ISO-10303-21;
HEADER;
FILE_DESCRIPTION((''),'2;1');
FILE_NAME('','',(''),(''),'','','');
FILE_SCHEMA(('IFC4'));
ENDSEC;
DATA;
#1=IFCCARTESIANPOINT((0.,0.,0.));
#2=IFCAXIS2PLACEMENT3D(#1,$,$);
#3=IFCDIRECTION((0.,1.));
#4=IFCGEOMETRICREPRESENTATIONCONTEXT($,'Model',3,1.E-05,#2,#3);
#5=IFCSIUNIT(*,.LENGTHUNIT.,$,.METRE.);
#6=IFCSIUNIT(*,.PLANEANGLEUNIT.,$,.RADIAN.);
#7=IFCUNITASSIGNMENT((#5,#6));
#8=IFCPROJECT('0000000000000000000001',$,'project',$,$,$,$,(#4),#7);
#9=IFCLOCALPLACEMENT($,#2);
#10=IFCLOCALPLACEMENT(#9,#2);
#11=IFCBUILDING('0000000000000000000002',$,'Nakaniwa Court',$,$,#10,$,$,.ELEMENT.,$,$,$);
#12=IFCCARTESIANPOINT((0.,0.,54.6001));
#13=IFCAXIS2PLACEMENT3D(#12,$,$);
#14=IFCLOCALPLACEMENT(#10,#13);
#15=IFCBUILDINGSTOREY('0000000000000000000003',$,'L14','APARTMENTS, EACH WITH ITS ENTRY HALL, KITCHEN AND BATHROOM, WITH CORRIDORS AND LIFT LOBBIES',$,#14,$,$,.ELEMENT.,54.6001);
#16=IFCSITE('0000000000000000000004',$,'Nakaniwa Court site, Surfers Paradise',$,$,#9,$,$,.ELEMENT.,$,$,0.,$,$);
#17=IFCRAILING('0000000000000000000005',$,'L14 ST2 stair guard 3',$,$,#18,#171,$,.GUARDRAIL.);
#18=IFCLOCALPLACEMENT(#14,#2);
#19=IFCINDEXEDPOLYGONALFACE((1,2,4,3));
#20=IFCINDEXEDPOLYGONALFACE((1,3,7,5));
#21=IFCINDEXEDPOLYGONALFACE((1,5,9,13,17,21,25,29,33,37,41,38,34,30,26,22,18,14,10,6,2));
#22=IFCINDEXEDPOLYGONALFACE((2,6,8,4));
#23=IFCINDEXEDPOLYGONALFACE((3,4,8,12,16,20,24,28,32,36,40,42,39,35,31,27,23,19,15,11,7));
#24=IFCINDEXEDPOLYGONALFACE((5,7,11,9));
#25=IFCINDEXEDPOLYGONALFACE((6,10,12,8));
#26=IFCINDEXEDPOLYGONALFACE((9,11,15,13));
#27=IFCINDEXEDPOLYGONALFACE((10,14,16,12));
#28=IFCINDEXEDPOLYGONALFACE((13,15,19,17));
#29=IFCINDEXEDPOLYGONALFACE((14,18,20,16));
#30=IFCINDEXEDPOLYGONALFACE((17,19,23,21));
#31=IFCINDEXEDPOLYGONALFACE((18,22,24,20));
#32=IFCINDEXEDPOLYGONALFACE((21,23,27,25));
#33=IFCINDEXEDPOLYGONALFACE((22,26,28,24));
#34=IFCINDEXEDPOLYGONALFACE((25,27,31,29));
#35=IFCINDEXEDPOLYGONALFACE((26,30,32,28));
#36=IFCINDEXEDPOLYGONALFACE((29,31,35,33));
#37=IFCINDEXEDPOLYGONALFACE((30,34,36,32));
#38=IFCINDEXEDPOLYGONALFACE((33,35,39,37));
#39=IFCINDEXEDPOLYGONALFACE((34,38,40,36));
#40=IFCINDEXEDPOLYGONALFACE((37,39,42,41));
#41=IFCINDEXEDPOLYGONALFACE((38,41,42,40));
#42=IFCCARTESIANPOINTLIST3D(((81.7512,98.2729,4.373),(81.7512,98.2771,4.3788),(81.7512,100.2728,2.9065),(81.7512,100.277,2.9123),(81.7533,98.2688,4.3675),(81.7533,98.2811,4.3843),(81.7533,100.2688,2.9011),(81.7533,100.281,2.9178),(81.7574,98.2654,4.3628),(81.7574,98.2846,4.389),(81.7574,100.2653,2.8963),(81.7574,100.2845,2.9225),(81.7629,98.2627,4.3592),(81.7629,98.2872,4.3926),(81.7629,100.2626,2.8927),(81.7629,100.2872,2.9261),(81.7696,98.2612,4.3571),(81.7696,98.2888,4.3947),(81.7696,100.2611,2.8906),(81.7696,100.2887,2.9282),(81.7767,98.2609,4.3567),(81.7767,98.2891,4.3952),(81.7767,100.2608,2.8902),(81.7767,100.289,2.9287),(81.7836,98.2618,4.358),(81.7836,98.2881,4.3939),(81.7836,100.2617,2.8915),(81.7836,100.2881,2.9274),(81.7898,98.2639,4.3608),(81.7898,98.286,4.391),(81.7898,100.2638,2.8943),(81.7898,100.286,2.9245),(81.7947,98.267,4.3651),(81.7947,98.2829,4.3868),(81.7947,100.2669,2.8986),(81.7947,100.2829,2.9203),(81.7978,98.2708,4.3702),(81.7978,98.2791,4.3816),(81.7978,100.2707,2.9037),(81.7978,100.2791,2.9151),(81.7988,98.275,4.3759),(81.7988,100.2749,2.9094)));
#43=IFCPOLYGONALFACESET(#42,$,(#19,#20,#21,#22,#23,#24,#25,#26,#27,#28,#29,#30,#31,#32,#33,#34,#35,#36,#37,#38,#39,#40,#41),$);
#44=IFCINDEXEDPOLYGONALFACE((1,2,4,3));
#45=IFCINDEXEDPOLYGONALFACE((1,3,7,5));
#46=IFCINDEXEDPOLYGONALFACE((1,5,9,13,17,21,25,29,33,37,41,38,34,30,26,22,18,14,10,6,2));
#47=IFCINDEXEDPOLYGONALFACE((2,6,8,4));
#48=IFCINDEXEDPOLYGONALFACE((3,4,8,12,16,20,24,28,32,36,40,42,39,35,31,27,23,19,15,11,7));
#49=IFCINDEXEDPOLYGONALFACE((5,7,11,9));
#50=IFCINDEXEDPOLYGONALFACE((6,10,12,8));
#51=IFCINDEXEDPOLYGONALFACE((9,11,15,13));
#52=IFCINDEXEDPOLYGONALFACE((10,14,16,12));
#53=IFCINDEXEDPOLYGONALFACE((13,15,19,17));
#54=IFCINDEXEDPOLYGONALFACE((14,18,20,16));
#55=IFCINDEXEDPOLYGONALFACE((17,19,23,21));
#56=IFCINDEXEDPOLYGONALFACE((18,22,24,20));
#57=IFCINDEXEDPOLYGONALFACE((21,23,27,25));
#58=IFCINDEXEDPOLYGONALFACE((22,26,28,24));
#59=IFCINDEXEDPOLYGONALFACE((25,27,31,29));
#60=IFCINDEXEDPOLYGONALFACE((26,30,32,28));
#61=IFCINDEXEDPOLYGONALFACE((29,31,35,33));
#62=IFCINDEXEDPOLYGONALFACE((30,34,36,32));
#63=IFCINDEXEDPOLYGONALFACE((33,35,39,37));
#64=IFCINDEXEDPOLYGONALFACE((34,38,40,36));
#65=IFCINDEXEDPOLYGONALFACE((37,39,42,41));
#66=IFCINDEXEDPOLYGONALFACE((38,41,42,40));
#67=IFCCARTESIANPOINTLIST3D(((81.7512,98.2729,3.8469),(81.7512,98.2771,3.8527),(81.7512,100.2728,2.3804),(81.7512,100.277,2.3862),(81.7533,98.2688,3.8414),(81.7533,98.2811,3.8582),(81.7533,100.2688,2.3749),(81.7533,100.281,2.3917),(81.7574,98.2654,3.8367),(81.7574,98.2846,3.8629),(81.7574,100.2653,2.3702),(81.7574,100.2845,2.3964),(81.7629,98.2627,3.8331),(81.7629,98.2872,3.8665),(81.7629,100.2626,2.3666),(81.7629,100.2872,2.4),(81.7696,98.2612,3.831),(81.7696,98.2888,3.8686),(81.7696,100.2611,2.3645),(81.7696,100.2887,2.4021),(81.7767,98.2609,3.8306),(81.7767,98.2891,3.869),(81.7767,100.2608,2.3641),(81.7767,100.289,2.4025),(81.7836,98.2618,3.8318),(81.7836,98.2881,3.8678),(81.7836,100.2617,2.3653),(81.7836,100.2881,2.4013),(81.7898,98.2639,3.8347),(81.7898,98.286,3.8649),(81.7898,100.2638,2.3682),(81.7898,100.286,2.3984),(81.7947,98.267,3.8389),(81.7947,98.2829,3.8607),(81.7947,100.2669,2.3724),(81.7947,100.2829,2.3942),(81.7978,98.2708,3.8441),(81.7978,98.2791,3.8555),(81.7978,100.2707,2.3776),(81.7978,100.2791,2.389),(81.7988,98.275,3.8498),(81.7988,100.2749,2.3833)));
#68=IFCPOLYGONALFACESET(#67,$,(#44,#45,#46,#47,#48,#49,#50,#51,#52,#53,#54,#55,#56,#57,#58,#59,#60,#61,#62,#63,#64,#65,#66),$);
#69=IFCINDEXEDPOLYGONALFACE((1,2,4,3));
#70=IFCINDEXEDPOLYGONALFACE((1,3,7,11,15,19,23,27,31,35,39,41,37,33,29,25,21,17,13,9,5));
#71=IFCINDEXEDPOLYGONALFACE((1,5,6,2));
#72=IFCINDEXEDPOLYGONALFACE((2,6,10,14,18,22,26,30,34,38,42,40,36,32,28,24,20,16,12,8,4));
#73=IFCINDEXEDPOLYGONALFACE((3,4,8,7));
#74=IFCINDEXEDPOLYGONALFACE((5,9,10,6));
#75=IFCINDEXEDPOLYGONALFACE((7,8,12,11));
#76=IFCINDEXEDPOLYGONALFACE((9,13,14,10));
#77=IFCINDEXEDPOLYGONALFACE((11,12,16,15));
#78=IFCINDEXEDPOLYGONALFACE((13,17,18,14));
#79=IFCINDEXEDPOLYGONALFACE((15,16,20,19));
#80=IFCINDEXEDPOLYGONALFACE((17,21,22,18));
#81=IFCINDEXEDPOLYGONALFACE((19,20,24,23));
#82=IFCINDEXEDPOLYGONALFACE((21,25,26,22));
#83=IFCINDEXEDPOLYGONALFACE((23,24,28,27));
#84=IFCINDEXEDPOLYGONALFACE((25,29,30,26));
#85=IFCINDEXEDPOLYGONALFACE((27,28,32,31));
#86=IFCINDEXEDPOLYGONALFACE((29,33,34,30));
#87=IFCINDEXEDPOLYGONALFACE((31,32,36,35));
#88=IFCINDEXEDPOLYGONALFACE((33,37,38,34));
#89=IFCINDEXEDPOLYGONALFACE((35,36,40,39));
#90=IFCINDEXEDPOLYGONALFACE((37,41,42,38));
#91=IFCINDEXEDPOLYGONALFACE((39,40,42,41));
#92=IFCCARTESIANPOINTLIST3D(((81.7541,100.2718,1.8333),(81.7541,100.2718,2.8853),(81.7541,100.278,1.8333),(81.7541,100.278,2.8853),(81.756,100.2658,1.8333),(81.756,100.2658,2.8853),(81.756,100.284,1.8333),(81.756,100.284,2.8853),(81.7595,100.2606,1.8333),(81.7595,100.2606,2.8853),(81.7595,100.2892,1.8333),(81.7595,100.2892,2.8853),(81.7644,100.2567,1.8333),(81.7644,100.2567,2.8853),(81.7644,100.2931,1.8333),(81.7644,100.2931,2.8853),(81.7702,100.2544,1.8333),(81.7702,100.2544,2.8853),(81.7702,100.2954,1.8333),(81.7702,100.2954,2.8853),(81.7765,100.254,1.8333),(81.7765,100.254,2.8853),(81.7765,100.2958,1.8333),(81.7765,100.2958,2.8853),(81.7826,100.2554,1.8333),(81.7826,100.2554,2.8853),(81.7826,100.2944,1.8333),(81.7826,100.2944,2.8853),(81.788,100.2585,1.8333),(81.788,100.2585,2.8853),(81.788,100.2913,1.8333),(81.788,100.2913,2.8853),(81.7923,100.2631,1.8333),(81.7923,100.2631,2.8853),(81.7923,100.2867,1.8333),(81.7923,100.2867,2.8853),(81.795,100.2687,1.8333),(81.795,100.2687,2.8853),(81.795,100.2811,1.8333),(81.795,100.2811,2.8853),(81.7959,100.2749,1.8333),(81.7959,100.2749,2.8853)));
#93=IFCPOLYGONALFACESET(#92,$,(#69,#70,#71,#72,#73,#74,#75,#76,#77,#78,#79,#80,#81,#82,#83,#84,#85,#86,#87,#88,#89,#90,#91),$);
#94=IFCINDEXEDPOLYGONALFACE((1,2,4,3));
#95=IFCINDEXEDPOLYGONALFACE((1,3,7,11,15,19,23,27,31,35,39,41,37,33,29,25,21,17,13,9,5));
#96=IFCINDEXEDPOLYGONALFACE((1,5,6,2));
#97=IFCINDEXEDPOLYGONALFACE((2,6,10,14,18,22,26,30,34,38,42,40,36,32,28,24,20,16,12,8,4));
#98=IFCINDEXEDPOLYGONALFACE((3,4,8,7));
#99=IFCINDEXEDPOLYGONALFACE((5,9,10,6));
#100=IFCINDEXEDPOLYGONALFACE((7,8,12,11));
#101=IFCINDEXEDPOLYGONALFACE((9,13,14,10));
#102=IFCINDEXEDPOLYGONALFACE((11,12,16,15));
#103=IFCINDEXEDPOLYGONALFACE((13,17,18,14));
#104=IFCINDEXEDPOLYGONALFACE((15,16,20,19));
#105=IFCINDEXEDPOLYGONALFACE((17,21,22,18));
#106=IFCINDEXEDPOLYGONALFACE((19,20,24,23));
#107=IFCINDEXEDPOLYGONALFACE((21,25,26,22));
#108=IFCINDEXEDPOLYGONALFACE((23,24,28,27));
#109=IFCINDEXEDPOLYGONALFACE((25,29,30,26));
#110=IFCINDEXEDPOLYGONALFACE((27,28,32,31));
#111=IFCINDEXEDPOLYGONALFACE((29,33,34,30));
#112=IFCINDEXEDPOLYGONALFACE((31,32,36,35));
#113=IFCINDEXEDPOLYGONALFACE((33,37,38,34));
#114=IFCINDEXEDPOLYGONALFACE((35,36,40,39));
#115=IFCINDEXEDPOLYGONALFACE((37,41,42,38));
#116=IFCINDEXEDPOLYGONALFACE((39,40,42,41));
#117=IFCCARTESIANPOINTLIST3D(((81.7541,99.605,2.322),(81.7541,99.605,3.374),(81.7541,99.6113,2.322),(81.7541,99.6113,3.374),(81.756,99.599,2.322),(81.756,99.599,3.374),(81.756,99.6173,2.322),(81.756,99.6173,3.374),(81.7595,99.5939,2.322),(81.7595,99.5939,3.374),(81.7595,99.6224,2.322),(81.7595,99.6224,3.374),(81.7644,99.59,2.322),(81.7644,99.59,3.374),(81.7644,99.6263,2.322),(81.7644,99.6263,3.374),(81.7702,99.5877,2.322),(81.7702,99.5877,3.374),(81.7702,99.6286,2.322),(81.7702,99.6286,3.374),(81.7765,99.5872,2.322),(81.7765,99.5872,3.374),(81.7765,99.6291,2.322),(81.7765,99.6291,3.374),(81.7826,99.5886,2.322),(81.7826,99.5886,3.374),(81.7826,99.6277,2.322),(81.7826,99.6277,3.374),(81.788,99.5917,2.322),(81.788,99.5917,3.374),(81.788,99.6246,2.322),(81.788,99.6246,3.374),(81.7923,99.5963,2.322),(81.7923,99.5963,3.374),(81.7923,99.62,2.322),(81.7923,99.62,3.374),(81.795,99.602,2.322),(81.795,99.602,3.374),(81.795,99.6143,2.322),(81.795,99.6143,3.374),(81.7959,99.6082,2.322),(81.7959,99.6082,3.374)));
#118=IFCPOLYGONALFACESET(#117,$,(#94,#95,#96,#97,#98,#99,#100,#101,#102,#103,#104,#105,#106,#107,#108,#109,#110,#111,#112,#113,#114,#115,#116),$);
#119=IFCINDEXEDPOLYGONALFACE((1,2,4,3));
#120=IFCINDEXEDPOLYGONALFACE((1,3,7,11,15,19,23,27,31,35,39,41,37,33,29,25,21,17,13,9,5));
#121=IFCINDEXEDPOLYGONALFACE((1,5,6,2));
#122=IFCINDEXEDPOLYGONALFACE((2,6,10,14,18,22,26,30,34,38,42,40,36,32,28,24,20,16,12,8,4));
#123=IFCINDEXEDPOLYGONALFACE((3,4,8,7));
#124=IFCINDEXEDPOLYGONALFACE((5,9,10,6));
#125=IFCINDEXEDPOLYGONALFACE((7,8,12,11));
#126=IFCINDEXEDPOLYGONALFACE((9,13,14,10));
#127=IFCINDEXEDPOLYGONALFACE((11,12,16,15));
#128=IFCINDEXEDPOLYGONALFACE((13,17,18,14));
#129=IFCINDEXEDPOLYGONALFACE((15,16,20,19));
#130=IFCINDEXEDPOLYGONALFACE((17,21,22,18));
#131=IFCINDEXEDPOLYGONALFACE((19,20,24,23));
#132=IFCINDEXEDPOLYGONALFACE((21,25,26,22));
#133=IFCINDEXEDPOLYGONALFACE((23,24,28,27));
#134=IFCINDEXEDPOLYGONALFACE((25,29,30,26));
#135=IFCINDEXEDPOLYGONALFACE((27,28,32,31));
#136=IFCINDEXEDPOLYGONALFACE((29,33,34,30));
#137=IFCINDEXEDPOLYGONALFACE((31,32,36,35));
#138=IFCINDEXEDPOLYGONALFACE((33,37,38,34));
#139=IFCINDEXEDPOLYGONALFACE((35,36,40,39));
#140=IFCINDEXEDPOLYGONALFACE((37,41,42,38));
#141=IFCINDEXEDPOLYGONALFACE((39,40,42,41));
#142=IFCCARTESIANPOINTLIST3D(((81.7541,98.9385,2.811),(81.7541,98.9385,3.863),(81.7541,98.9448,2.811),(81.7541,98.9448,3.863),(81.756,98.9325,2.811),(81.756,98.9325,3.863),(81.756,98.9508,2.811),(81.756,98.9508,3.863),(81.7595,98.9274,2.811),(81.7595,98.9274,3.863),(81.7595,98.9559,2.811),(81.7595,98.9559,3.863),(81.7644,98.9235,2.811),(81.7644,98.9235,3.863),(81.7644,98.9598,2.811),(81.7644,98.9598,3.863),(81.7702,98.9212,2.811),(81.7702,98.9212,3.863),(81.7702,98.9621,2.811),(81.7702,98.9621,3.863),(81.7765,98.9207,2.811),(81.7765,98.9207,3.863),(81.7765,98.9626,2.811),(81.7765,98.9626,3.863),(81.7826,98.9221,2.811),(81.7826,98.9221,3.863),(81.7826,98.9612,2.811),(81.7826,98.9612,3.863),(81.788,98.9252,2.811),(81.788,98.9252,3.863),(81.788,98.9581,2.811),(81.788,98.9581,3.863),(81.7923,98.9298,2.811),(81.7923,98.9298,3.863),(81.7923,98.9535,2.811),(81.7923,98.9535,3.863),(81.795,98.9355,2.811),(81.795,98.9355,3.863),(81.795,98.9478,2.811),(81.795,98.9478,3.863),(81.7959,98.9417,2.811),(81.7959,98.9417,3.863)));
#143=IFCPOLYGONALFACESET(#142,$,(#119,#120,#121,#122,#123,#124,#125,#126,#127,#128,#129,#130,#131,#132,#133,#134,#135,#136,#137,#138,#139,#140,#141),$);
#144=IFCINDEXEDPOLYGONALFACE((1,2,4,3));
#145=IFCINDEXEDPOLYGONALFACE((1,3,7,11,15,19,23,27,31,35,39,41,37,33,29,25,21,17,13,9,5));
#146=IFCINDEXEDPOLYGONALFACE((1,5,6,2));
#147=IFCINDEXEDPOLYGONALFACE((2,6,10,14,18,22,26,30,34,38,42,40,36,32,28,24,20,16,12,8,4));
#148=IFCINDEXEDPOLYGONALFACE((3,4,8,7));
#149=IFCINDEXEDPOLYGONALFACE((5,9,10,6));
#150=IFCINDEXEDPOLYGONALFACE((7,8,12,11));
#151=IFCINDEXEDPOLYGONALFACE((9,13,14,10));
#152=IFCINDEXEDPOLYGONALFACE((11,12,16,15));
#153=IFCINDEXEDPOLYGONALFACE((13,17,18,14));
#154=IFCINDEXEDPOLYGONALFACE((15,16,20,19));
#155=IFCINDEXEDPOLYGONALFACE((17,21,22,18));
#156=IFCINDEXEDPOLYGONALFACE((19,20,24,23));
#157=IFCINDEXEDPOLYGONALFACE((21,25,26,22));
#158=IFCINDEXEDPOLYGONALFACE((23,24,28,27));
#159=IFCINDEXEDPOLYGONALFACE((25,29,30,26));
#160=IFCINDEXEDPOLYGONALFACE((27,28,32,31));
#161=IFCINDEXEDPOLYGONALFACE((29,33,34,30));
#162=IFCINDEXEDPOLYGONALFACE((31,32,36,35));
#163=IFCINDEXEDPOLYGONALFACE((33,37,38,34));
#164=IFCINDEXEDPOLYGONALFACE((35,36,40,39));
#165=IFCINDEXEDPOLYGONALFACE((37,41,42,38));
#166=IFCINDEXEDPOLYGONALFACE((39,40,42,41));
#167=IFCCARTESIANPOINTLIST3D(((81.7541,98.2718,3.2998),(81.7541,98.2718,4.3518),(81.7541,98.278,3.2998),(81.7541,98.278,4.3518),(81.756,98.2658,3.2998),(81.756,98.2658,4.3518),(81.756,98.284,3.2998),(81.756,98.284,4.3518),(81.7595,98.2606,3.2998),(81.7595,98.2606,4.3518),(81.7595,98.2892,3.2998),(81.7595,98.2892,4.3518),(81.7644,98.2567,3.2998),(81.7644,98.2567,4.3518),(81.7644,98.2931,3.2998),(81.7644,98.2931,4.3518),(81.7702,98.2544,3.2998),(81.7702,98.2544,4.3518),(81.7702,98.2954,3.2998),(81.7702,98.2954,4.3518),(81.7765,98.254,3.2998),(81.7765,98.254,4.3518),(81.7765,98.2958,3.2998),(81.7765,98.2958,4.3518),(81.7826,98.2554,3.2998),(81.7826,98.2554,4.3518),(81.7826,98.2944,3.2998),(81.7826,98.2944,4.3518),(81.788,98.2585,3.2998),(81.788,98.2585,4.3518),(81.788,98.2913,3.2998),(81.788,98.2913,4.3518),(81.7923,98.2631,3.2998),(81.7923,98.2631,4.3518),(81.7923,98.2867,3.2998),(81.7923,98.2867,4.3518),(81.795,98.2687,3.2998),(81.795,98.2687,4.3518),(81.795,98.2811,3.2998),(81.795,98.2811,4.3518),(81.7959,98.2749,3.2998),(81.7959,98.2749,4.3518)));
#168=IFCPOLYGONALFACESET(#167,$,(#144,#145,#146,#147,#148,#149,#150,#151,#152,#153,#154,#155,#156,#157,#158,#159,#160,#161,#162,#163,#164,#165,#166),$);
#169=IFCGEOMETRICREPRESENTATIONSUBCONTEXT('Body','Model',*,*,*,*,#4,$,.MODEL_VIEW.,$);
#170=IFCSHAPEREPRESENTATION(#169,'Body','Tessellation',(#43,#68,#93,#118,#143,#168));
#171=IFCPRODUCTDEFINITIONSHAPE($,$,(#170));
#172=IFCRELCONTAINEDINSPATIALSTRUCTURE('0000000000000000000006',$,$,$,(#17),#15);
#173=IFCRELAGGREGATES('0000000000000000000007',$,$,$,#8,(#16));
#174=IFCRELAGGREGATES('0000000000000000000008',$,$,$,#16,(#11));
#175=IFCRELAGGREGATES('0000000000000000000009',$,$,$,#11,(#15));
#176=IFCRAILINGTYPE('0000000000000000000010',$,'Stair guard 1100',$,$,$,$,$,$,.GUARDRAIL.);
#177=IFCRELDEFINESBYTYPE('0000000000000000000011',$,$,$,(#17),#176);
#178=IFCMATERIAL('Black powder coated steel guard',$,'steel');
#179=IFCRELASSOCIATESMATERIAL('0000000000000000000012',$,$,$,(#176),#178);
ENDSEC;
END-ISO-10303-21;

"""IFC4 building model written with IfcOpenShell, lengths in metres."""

from ifc_helpers import new_model, si_unit, direction, frame, origin, origin_2d, place, context, subcontext, project, spatial, circle, extrude, material, type_object, element, save


model = new_model("IFC4")

# Units and contexts
model_context = context("Model", 3, precision=1e-05, world=origin(), true_north=direction((0.0, 1.0)))
body_context = subcontext(model_context, "Body", "Model", "MODEL_VIEW")
ifc_project = project(units=[si_unit("LENGTHUNIT", "METRE"), si_unit("PLANEANGLEUNIT", "RADIAN")], contexts=[model_context])

# Site, building, storey
site_placement = place(None, origin())
site = spatial("IfcSite", under=ifc_project, at=site_placement, Name="Nakaniwa Court site, Surfers Paradise", CompositionType="ELEMENT", RefElevation=0.0)
building_placement = place(site_placement, origin())
building = spatial("IfcBuilding", under=site, at=building_placement, Name="Nakaniwa Court", CompositionType="ELEMENT")
storey_placement = place(building_placement, frame((0.0, 0.0, 54.6001)))
storey = spatial("IfcBuildingStorey", under=building, at=storey_placement, Name="L14", Description="APARTMENTS, EACH WITH ITS ENTRY HALL, KITCHEN AND BATHROOM, WITH CORRIDORS AND LIFT LOBBIES", CompositionType="ELEMENT", Elevation=54.6001)

# Railing
ifc_material_1 = material(Name="Black powder coated steel guard", Category="steel")
railing_type_1 = type_object("IfcRailingType", Name="Stair guard 1100", PredefinedType="GUARDRAIL", material=ifc_material_1)
railing_1_placement = place(storey_placement, frame((81.7749, 100.2749, 1.8333)))
element("IfcRailing", 1, at=railing_1_placement, inside=storey, type_object=railing_type_1, Name="L14 ST2 stair guard 3", PredefinedType="GUARDRAIL", context=body_context, shape_type="SweptSolid", body=[
    extrude(circle(Radius=0.0239, at=origin_2d()), frame((0.0, 0.0, 1.0762), z_axis=(0.0, -0.806427, 0.591334), x_axis=(1.0, 0.0, 0.0)), (0.0, 0.0, 1.0), 2.48),
    extrude(circle(Radius=0.0239, at=origin_2d()), frame((0.0, 0.0, 0.55), z_axis=(0.0, -0.806427, 0.591334), x_axis=(1.0, 0.0, 0.0)), (0.0, 0.0, 1.0), 2.48),
    extrude(circle(Radius=0.021, at=origin_2d()), origin(), (0.0, 0.0, 1.0), 1.052),
    extrude(circle(Radius=0.021, at=origin_2d()), frame((0.0, -0.6667, 0.4888)), (0.0, 0.0, 1.0), 1.052),
    extrude(circle(Radius=0.021, at=origin_2d()), frame((0.0, -1.3333, 0.9778)), (0.0, 0.0, 1.0), 1.052),
    extrude(circle(Radius=0.021, at=origin_2d()), frame((0.0, -2.0, 1.4666)), (0.0, 0.0, 1.0), 1.052),
])

save(model, "model.ifc")
